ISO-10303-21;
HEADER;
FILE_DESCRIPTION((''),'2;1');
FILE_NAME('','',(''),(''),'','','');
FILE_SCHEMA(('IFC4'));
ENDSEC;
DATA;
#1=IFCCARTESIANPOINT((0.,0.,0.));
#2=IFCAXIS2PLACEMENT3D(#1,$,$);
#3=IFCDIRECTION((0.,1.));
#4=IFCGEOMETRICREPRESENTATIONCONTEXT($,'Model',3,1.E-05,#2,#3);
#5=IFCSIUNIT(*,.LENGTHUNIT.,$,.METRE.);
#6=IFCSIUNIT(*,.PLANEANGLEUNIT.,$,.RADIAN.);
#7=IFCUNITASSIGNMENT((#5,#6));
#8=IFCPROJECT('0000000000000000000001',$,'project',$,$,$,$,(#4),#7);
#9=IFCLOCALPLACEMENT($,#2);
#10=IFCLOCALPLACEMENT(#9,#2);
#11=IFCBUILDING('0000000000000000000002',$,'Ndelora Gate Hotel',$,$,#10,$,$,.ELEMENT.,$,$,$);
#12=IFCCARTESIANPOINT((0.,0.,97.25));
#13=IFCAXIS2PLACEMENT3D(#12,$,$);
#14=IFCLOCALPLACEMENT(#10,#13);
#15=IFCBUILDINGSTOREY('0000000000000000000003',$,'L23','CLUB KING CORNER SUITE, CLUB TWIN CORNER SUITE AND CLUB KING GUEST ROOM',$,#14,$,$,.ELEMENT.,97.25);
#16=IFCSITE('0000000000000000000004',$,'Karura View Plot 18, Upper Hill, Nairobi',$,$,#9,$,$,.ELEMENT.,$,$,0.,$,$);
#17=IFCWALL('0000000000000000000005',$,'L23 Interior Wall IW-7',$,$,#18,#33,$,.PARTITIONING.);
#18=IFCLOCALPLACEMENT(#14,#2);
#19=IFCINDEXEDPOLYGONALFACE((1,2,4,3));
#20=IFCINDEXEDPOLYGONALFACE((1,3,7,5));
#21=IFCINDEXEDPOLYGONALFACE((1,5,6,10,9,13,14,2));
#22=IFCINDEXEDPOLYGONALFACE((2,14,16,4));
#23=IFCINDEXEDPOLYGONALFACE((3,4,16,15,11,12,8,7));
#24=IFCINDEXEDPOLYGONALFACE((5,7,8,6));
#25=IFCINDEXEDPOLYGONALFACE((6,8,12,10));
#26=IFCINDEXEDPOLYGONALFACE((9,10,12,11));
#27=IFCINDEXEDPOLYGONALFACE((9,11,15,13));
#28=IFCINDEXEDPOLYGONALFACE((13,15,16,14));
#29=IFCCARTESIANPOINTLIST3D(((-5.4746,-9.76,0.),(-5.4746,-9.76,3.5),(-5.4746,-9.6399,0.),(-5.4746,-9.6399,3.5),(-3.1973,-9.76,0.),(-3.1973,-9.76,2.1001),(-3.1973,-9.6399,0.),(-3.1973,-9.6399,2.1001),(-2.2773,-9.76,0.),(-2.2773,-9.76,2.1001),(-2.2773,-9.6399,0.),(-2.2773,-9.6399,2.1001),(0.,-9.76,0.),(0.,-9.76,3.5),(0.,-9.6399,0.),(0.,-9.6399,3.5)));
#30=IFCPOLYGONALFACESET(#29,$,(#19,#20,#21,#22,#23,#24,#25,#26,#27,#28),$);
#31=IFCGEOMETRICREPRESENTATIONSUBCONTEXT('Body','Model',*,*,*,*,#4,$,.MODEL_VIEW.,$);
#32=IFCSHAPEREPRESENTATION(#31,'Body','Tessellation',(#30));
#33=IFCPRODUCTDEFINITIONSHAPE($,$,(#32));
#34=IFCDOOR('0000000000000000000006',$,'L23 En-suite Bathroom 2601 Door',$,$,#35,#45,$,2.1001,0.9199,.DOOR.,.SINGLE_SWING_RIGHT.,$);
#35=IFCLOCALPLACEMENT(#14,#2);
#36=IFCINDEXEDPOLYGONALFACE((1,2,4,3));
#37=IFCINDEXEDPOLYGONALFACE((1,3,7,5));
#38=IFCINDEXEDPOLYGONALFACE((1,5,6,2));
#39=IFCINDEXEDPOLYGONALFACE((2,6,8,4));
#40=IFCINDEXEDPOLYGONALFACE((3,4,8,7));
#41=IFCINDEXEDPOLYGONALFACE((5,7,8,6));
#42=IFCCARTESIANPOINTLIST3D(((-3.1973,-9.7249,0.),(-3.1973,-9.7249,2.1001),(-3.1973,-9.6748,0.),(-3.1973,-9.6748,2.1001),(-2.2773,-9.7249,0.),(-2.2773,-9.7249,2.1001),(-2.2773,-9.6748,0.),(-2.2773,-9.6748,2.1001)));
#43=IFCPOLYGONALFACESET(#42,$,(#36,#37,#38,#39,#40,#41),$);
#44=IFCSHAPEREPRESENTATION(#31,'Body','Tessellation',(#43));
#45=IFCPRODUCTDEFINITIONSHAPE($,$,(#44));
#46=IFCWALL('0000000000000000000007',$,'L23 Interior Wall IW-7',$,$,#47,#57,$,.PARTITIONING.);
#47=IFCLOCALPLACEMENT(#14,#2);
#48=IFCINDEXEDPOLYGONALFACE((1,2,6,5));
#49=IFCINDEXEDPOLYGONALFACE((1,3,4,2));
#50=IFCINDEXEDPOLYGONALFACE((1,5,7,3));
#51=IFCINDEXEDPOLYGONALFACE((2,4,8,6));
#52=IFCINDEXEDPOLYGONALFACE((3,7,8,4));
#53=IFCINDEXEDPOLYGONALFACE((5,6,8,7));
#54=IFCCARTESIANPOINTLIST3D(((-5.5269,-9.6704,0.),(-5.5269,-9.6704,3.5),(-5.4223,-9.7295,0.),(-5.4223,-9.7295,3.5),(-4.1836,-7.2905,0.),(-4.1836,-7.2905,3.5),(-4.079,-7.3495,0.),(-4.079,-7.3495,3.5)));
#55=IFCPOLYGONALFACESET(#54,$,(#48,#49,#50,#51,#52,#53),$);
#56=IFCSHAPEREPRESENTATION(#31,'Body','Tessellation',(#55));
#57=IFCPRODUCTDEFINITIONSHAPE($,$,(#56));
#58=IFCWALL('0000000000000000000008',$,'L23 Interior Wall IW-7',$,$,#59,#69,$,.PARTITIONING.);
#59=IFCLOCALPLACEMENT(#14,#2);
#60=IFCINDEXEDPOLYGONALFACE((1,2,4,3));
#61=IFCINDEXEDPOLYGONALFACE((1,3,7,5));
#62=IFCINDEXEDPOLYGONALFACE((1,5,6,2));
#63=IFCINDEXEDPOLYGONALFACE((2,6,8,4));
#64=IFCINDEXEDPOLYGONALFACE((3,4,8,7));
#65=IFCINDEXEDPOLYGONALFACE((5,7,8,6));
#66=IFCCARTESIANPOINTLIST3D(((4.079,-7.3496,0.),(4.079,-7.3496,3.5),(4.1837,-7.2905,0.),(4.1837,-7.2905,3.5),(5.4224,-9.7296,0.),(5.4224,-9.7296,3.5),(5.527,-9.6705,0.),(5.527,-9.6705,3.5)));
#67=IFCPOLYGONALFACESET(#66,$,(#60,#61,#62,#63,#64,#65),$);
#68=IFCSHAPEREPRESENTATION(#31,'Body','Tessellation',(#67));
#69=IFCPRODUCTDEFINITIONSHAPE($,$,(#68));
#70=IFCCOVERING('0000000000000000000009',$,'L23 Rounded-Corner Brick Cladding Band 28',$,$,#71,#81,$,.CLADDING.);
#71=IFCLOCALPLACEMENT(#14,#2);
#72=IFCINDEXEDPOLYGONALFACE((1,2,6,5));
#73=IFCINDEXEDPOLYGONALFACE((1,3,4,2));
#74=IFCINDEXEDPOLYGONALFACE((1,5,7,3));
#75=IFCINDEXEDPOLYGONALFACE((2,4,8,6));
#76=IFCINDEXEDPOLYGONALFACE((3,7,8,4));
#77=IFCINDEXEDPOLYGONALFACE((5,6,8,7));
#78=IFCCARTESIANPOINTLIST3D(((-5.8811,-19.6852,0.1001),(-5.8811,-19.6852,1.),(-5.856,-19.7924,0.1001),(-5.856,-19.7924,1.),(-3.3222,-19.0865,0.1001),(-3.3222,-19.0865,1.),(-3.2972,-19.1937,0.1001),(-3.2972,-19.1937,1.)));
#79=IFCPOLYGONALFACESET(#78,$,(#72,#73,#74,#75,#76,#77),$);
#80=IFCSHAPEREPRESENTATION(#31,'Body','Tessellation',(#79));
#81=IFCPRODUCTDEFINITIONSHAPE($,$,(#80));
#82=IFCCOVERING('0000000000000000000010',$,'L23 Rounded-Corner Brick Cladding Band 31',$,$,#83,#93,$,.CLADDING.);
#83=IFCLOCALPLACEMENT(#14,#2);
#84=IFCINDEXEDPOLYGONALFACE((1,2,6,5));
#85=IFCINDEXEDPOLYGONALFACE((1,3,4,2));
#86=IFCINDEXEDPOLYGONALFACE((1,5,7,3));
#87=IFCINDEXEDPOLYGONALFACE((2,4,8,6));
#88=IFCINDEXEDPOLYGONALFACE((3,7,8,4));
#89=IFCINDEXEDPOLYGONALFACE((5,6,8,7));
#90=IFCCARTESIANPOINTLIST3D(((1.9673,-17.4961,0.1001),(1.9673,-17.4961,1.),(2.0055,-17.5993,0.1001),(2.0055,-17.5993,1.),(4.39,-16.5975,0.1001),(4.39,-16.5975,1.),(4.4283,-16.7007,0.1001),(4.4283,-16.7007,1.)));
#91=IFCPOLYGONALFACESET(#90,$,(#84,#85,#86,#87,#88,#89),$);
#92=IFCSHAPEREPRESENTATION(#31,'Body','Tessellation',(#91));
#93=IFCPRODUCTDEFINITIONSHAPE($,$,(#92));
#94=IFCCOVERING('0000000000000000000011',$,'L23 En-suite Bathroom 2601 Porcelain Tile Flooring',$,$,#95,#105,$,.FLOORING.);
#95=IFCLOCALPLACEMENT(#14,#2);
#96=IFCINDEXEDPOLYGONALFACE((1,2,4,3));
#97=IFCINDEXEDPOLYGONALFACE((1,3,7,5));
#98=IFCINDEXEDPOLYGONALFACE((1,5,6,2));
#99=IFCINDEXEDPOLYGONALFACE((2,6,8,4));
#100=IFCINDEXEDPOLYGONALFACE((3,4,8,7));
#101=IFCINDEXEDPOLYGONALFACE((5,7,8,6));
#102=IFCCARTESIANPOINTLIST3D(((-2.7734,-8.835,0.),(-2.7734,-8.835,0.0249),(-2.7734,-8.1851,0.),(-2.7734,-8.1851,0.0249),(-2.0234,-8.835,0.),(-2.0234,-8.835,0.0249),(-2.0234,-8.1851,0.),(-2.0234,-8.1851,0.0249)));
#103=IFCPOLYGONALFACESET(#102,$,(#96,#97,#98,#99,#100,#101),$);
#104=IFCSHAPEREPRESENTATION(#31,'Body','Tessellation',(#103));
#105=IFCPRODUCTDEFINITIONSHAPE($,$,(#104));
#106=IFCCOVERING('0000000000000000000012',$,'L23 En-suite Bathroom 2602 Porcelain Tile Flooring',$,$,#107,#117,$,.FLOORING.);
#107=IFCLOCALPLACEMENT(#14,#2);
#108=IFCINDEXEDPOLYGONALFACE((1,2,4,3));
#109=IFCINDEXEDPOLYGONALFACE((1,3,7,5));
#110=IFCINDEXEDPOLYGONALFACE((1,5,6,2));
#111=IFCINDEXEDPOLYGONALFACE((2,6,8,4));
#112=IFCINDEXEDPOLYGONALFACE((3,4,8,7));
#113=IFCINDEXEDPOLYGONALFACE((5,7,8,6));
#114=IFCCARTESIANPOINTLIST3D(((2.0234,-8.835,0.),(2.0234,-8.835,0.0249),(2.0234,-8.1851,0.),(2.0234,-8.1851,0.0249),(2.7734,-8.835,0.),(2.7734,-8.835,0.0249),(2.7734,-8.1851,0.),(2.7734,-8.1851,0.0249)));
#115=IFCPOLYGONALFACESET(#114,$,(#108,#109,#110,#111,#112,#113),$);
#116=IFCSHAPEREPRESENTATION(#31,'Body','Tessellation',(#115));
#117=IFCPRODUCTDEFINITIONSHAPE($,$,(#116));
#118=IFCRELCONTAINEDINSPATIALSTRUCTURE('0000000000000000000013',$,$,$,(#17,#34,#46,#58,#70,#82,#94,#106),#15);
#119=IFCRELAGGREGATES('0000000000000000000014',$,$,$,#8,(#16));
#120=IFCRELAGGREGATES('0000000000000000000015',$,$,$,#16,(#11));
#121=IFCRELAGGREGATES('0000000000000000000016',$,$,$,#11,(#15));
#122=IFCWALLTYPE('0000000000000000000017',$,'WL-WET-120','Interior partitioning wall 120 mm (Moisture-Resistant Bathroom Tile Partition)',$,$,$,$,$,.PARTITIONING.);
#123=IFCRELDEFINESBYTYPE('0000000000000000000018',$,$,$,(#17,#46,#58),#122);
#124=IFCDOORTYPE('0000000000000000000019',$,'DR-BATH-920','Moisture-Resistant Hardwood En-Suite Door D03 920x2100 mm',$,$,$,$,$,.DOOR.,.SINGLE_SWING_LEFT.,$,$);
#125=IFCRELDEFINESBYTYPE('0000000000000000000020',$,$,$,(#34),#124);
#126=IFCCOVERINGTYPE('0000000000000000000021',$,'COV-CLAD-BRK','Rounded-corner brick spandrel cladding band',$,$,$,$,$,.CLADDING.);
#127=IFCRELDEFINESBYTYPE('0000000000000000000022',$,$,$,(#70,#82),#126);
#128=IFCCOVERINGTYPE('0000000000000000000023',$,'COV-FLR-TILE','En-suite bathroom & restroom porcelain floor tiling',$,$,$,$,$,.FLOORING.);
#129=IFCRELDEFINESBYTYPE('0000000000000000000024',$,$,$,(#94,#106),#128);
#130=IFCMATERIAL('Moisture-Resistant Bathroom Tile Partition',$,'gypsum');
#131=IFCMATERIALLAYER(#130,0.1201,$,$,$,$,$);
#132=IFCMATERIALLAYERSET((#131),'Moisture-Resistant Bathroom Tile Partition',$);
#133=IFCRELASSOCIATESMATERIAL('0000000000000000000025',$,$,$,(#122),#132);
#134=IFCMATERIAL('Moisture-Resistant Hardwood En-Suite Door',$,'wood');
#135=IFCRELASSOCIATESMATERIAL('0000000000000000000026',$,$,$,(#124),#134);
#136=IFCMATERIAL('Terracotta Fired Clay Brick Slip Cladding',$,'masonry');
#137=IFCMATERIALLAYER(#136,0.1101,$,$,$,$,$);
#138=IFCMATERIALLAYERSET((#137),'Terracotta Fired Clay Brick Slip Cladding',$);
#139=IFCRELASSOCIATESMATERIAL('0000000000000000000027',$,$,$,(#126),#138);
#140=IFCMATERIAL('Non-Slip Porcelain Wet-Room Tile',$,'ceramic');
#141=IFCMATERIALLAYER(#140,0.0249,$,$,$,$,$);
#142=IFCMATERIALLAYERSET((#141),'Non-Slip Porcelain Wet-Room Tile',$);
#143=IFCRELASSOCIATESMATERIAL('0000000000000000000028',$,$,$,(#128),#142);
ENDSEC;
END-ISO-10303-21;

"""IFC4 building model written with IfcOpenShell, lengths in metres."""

from ifc_helpers import new_model, si_unit, direction, frame, frame_2d, origin, origin_2d, place, context, subcontext, project, spatial, rectangle, extrude, material, layer, layer_set, type_object, element, fill, save


model = new_model("IFC4")

# Units and contexts
model_context = context("Model", 3, precision=1e-05, world=origin(), true_north=direction((0.0, 1.0)))
body_context = subcontext(model_context, "Body", "Model", "MODEL_VIEW")
ifc_project = project(units=[si_unit("LENGTHUNIT", "METRE"), si_unit("PLANEANGLEUNIT", "RADIAN")], contexts=[model_context])

# Site, building, storey
site_placement = place(None, origin())
site = spatial("IfcSite", under=ifc_project, at=site_placement, Name="Karura View Plot 18, Upper Hill, Nairobi", CompositionType="ELEMENT", RefElevation=0.0)
building_placement = place(site_placement, origin())
building = spatial("IfcBuilding", under=site, at=building_placement, Name="Ndelora Gate Hotel", CompositionType="ELEMENT")
storey_placement = place(building_placement, frame((0.0, 0.0, 97.25)))
storey = spatial("IfcBuildingStorey", under=building, at=storey_placement, Name="L23", Description="CLUB KING CORNER SUITE, CLUB TWIN CORNER SUITE AND CLUB KING GUEST ROOM", CompositionType="ELEMENT", Elevation=97.25)

# Wall, opening, door
ifc_material_1 = material(Name="Moisture-Resistant Bathroom Tile Partition", Category="gypsum")
ifc_layer_1 = layer(ifc_material_1, 0.1201)
ifc_layer_set_1 = layer_set([ifc_layer_1], Name="Moisture-Resistant Bathroom Tile Partition")
wall_type_1 = type_object("IfcWallType", Name="WL-WET-120", Description="Interior partitioning wall 120 mm (Moisture-Resistant Bathroom Tile Partition)", PredefinedType="PARTITIONING", material=ifc_layer_set_1)
wall_1_placement = place(storey_placement, frame((0.0, -9.7, 0.0), z_axis=(0.0, 0.0, 1.0), x_axis=(-1.0, 0.0, 0.0)))
wall_1 = element("IfcWall", 1, at=wall_1_placement, inside=storey, type_object=wall_type_1, Name="L23 Interior Wall IW-7", PredefinedType="PARTITIONING", context=body_context, shape_type="SweptSolid", body=[
    extrude(rectangle(XDim=5.4746, YDim=0.1201, at=frame_2d((2.7373, 0.0))), origin(), (0.0, 0.0, 1.0), 3.5),
])
opening_1_placement = place(wall_1_placement, frame((2.2773, 0.0, 0.0)))
opening_1 = element("IfcOpeningElement", 2, at=opening_1_placement, cuts=wall_1, PredefinedType="OPENING", context=body_context, shape_type="SweptSolid", body=[
    extrude(rectangle(XDim=0.9199, YDim=2.1001, at=frame_2d((0.46, 1.05))), frame((0.0, 0.0701, 0.0), z_axis=(0.0, -1.0, 0.0), x_axis=(1.0, 0.0, 0.0)), (0.0, 0.0, 1.0), 0.1401),
])
ifc_material_2 = material(Name="Moisture-Resistant Hardwood En-Suite Door", Category="wood")
door_type_1 = type_object("IfcDoorType", Name="DR-BATH-920", Description="Moisture-Resistant Hardwood En-Suite Door D03 920x2100 mm", OperationType="SINGLE_SWING_LEFT", PredefinedType="DOOR", material=ifc_material_2)
door_1_placement = place(opening_1_placement, origin())
door_1 = element("IfcDoor", 3, at=door_1_placement, inside=storey, type_object=door_type_1, Name="L23 En-suite Bathroom 2601 Door", OperationType="SINGLE_SWING_RIGHT", OverallHeight=2.1001, OverallWidth=0.9199, PredefinedType="DOOR", context=body_context, shape_type="SweptSolid", body=[
    extrude(rectangle(XDim=0.9199, YDim=2.1001, at=frame_2d((0.46, 1.05))), frame((0.0, 0.0249, 0.0), z_axis=(0.0, -1.0, 0.0), x_axis=(1.0, 0.0, 0.0)), (0.0, 0.0, 1.0), 0.05),
])
fill(opening_1, door_1)

# Walls
for number, where, z_axis, x_axis, name in (
    (4, (-5.4746, -9.7, 0.0), (0.0, 0.0, 1.0), (0.491533, 0.870859, 0.0), "L23 Interior Wall IW-7"),
    (5, (4.1313, -7.3201, 0.0), (0.0, 0.0, 1.0), (0.491533, -0.870859, 0.0), "L23 Interior Wall IW-7"),
):
    element("IfcWall", number, at=place(storey_placement, frame(where, z_axis=z_axis, x_axis=x_axis)), inside=storey, type_object=wall_type_1, Name=name, PredefinedType="PARTITIONING", context=body_context, shape_type="SweptSolid", body=[
        extrude(rectangle(XDim=2.7329, YDim=0.1201, at=frame_2d((1.3665, 0.0))), origin(), (0.0, 0.0, 1.0), 3.5),
    ])

# Coverings
ifc_material_3 = material(Name="Terracotta Fired Clay Brick Slip Cladding", Category="masonry")
ifc_layer_2 = layer(ifc_material_3, 0.1101)
ifc_layer_set_2 = layer_set([ifc_layer_2], Name="Terracotta Fired Clay Brick Slip Cladding")
covering_type_1 = type_object("IfcCoveringType", Name="COV-CLAD-BRK", Description="Rounded-corner brick spandrel cladding band", PredefinedType="CLADDING", material=ifc_layer_set_2)
covering_1_placement = place(storey_placement, frame((-4.5891, -19.4395, 0.1001), z_axis=(0.0, 0.0, 1.0), x_axis=(0.973698, 0.227841, 0.0)))
element("IfcCovering", 6, at=covering_1_placement, inside=storey, type_object=covering_type_1, Name="L23 Rounded-Corner Brick Cladding Band 28", PredefinedType="CLADDING", context=body_context, shape_type="SweptSolid", body=[
    extrude(rectangle(XDim=2.6279, YDim=0.1101, at=origin_2d()), origin(), (0.0, 0.0, 1.0), 0.8999),
])
covering_2_placement = place(storey_placement, frame((3.1978, -17.0984, 0.1001), z_axis=(0.0, 0.0, 1.0), x_axis=(0.937586, 0.347754, 0.0)))
element("IfcCovering", 7, at=covering_2_placement, inside=storey, type_object=covering_type_1, Name="L23 Rounded-Corner Brick Cladding Band 31", PredefinedType="CLADDING", context=body_context, shape_type="SweptSolid", body=[
    extrude(rectangle(XDim=2.584, YDim=0.1101, at=origin_2d()), origin(), (0.0, 0.0, 1.0), 0.8999),
])
ifc_material_4 = material(Name="Non-Slip Porcelain Wet-Room Tile", Category="ceramic")
ifc_layer_3 = layer(ifc_material_4, 0.0249)
ifc_layer_set_3 = layer_set([ifc_layer_3], Name="Non-Slip Porcelain Wet-Room Tile")
covering_type_2 = type_object("IfcCoveringType", Name="COV-FLR-TILE", Description="En-suite bathroom & restroom porcelain floor tiling", PredefinedType="FLOORING", material=ifc_layer_set_3)
for number, where, z_axis, x_axis, name in (
    (8, (-2.3984, -8.51, 0.0), (0.0, 0.0, 1.0), (1.0, 0.0, 0.0), "L23 En-suite Bathroom 2601 Porcelain Tile Flooring"),
    (9, (2.3984, -8.51, 0.0), (0.0, 0.0, 1.0), (1.0, 0.0, 0.0), "L23 En-suite Bathroom 2602 Porcelain Tile Flooring"),
):
    element("IfcCovering", number, at=place(storey_placement, frame(where, z_axis=z_axis, x_axis=x_axis)), inside=storey, type_object=covering_type_2, Name=name, PredefinedType="FLOORING", context=body_context, shape_type="SweptSolid", body=[
        extrude(rectangle(XDim=0.75, YDim=0.6499, at=origin_2d()), origin(), (0.0, 0.0, 1.0), 0.0249),
    ])

save(model, "model.ifc")
